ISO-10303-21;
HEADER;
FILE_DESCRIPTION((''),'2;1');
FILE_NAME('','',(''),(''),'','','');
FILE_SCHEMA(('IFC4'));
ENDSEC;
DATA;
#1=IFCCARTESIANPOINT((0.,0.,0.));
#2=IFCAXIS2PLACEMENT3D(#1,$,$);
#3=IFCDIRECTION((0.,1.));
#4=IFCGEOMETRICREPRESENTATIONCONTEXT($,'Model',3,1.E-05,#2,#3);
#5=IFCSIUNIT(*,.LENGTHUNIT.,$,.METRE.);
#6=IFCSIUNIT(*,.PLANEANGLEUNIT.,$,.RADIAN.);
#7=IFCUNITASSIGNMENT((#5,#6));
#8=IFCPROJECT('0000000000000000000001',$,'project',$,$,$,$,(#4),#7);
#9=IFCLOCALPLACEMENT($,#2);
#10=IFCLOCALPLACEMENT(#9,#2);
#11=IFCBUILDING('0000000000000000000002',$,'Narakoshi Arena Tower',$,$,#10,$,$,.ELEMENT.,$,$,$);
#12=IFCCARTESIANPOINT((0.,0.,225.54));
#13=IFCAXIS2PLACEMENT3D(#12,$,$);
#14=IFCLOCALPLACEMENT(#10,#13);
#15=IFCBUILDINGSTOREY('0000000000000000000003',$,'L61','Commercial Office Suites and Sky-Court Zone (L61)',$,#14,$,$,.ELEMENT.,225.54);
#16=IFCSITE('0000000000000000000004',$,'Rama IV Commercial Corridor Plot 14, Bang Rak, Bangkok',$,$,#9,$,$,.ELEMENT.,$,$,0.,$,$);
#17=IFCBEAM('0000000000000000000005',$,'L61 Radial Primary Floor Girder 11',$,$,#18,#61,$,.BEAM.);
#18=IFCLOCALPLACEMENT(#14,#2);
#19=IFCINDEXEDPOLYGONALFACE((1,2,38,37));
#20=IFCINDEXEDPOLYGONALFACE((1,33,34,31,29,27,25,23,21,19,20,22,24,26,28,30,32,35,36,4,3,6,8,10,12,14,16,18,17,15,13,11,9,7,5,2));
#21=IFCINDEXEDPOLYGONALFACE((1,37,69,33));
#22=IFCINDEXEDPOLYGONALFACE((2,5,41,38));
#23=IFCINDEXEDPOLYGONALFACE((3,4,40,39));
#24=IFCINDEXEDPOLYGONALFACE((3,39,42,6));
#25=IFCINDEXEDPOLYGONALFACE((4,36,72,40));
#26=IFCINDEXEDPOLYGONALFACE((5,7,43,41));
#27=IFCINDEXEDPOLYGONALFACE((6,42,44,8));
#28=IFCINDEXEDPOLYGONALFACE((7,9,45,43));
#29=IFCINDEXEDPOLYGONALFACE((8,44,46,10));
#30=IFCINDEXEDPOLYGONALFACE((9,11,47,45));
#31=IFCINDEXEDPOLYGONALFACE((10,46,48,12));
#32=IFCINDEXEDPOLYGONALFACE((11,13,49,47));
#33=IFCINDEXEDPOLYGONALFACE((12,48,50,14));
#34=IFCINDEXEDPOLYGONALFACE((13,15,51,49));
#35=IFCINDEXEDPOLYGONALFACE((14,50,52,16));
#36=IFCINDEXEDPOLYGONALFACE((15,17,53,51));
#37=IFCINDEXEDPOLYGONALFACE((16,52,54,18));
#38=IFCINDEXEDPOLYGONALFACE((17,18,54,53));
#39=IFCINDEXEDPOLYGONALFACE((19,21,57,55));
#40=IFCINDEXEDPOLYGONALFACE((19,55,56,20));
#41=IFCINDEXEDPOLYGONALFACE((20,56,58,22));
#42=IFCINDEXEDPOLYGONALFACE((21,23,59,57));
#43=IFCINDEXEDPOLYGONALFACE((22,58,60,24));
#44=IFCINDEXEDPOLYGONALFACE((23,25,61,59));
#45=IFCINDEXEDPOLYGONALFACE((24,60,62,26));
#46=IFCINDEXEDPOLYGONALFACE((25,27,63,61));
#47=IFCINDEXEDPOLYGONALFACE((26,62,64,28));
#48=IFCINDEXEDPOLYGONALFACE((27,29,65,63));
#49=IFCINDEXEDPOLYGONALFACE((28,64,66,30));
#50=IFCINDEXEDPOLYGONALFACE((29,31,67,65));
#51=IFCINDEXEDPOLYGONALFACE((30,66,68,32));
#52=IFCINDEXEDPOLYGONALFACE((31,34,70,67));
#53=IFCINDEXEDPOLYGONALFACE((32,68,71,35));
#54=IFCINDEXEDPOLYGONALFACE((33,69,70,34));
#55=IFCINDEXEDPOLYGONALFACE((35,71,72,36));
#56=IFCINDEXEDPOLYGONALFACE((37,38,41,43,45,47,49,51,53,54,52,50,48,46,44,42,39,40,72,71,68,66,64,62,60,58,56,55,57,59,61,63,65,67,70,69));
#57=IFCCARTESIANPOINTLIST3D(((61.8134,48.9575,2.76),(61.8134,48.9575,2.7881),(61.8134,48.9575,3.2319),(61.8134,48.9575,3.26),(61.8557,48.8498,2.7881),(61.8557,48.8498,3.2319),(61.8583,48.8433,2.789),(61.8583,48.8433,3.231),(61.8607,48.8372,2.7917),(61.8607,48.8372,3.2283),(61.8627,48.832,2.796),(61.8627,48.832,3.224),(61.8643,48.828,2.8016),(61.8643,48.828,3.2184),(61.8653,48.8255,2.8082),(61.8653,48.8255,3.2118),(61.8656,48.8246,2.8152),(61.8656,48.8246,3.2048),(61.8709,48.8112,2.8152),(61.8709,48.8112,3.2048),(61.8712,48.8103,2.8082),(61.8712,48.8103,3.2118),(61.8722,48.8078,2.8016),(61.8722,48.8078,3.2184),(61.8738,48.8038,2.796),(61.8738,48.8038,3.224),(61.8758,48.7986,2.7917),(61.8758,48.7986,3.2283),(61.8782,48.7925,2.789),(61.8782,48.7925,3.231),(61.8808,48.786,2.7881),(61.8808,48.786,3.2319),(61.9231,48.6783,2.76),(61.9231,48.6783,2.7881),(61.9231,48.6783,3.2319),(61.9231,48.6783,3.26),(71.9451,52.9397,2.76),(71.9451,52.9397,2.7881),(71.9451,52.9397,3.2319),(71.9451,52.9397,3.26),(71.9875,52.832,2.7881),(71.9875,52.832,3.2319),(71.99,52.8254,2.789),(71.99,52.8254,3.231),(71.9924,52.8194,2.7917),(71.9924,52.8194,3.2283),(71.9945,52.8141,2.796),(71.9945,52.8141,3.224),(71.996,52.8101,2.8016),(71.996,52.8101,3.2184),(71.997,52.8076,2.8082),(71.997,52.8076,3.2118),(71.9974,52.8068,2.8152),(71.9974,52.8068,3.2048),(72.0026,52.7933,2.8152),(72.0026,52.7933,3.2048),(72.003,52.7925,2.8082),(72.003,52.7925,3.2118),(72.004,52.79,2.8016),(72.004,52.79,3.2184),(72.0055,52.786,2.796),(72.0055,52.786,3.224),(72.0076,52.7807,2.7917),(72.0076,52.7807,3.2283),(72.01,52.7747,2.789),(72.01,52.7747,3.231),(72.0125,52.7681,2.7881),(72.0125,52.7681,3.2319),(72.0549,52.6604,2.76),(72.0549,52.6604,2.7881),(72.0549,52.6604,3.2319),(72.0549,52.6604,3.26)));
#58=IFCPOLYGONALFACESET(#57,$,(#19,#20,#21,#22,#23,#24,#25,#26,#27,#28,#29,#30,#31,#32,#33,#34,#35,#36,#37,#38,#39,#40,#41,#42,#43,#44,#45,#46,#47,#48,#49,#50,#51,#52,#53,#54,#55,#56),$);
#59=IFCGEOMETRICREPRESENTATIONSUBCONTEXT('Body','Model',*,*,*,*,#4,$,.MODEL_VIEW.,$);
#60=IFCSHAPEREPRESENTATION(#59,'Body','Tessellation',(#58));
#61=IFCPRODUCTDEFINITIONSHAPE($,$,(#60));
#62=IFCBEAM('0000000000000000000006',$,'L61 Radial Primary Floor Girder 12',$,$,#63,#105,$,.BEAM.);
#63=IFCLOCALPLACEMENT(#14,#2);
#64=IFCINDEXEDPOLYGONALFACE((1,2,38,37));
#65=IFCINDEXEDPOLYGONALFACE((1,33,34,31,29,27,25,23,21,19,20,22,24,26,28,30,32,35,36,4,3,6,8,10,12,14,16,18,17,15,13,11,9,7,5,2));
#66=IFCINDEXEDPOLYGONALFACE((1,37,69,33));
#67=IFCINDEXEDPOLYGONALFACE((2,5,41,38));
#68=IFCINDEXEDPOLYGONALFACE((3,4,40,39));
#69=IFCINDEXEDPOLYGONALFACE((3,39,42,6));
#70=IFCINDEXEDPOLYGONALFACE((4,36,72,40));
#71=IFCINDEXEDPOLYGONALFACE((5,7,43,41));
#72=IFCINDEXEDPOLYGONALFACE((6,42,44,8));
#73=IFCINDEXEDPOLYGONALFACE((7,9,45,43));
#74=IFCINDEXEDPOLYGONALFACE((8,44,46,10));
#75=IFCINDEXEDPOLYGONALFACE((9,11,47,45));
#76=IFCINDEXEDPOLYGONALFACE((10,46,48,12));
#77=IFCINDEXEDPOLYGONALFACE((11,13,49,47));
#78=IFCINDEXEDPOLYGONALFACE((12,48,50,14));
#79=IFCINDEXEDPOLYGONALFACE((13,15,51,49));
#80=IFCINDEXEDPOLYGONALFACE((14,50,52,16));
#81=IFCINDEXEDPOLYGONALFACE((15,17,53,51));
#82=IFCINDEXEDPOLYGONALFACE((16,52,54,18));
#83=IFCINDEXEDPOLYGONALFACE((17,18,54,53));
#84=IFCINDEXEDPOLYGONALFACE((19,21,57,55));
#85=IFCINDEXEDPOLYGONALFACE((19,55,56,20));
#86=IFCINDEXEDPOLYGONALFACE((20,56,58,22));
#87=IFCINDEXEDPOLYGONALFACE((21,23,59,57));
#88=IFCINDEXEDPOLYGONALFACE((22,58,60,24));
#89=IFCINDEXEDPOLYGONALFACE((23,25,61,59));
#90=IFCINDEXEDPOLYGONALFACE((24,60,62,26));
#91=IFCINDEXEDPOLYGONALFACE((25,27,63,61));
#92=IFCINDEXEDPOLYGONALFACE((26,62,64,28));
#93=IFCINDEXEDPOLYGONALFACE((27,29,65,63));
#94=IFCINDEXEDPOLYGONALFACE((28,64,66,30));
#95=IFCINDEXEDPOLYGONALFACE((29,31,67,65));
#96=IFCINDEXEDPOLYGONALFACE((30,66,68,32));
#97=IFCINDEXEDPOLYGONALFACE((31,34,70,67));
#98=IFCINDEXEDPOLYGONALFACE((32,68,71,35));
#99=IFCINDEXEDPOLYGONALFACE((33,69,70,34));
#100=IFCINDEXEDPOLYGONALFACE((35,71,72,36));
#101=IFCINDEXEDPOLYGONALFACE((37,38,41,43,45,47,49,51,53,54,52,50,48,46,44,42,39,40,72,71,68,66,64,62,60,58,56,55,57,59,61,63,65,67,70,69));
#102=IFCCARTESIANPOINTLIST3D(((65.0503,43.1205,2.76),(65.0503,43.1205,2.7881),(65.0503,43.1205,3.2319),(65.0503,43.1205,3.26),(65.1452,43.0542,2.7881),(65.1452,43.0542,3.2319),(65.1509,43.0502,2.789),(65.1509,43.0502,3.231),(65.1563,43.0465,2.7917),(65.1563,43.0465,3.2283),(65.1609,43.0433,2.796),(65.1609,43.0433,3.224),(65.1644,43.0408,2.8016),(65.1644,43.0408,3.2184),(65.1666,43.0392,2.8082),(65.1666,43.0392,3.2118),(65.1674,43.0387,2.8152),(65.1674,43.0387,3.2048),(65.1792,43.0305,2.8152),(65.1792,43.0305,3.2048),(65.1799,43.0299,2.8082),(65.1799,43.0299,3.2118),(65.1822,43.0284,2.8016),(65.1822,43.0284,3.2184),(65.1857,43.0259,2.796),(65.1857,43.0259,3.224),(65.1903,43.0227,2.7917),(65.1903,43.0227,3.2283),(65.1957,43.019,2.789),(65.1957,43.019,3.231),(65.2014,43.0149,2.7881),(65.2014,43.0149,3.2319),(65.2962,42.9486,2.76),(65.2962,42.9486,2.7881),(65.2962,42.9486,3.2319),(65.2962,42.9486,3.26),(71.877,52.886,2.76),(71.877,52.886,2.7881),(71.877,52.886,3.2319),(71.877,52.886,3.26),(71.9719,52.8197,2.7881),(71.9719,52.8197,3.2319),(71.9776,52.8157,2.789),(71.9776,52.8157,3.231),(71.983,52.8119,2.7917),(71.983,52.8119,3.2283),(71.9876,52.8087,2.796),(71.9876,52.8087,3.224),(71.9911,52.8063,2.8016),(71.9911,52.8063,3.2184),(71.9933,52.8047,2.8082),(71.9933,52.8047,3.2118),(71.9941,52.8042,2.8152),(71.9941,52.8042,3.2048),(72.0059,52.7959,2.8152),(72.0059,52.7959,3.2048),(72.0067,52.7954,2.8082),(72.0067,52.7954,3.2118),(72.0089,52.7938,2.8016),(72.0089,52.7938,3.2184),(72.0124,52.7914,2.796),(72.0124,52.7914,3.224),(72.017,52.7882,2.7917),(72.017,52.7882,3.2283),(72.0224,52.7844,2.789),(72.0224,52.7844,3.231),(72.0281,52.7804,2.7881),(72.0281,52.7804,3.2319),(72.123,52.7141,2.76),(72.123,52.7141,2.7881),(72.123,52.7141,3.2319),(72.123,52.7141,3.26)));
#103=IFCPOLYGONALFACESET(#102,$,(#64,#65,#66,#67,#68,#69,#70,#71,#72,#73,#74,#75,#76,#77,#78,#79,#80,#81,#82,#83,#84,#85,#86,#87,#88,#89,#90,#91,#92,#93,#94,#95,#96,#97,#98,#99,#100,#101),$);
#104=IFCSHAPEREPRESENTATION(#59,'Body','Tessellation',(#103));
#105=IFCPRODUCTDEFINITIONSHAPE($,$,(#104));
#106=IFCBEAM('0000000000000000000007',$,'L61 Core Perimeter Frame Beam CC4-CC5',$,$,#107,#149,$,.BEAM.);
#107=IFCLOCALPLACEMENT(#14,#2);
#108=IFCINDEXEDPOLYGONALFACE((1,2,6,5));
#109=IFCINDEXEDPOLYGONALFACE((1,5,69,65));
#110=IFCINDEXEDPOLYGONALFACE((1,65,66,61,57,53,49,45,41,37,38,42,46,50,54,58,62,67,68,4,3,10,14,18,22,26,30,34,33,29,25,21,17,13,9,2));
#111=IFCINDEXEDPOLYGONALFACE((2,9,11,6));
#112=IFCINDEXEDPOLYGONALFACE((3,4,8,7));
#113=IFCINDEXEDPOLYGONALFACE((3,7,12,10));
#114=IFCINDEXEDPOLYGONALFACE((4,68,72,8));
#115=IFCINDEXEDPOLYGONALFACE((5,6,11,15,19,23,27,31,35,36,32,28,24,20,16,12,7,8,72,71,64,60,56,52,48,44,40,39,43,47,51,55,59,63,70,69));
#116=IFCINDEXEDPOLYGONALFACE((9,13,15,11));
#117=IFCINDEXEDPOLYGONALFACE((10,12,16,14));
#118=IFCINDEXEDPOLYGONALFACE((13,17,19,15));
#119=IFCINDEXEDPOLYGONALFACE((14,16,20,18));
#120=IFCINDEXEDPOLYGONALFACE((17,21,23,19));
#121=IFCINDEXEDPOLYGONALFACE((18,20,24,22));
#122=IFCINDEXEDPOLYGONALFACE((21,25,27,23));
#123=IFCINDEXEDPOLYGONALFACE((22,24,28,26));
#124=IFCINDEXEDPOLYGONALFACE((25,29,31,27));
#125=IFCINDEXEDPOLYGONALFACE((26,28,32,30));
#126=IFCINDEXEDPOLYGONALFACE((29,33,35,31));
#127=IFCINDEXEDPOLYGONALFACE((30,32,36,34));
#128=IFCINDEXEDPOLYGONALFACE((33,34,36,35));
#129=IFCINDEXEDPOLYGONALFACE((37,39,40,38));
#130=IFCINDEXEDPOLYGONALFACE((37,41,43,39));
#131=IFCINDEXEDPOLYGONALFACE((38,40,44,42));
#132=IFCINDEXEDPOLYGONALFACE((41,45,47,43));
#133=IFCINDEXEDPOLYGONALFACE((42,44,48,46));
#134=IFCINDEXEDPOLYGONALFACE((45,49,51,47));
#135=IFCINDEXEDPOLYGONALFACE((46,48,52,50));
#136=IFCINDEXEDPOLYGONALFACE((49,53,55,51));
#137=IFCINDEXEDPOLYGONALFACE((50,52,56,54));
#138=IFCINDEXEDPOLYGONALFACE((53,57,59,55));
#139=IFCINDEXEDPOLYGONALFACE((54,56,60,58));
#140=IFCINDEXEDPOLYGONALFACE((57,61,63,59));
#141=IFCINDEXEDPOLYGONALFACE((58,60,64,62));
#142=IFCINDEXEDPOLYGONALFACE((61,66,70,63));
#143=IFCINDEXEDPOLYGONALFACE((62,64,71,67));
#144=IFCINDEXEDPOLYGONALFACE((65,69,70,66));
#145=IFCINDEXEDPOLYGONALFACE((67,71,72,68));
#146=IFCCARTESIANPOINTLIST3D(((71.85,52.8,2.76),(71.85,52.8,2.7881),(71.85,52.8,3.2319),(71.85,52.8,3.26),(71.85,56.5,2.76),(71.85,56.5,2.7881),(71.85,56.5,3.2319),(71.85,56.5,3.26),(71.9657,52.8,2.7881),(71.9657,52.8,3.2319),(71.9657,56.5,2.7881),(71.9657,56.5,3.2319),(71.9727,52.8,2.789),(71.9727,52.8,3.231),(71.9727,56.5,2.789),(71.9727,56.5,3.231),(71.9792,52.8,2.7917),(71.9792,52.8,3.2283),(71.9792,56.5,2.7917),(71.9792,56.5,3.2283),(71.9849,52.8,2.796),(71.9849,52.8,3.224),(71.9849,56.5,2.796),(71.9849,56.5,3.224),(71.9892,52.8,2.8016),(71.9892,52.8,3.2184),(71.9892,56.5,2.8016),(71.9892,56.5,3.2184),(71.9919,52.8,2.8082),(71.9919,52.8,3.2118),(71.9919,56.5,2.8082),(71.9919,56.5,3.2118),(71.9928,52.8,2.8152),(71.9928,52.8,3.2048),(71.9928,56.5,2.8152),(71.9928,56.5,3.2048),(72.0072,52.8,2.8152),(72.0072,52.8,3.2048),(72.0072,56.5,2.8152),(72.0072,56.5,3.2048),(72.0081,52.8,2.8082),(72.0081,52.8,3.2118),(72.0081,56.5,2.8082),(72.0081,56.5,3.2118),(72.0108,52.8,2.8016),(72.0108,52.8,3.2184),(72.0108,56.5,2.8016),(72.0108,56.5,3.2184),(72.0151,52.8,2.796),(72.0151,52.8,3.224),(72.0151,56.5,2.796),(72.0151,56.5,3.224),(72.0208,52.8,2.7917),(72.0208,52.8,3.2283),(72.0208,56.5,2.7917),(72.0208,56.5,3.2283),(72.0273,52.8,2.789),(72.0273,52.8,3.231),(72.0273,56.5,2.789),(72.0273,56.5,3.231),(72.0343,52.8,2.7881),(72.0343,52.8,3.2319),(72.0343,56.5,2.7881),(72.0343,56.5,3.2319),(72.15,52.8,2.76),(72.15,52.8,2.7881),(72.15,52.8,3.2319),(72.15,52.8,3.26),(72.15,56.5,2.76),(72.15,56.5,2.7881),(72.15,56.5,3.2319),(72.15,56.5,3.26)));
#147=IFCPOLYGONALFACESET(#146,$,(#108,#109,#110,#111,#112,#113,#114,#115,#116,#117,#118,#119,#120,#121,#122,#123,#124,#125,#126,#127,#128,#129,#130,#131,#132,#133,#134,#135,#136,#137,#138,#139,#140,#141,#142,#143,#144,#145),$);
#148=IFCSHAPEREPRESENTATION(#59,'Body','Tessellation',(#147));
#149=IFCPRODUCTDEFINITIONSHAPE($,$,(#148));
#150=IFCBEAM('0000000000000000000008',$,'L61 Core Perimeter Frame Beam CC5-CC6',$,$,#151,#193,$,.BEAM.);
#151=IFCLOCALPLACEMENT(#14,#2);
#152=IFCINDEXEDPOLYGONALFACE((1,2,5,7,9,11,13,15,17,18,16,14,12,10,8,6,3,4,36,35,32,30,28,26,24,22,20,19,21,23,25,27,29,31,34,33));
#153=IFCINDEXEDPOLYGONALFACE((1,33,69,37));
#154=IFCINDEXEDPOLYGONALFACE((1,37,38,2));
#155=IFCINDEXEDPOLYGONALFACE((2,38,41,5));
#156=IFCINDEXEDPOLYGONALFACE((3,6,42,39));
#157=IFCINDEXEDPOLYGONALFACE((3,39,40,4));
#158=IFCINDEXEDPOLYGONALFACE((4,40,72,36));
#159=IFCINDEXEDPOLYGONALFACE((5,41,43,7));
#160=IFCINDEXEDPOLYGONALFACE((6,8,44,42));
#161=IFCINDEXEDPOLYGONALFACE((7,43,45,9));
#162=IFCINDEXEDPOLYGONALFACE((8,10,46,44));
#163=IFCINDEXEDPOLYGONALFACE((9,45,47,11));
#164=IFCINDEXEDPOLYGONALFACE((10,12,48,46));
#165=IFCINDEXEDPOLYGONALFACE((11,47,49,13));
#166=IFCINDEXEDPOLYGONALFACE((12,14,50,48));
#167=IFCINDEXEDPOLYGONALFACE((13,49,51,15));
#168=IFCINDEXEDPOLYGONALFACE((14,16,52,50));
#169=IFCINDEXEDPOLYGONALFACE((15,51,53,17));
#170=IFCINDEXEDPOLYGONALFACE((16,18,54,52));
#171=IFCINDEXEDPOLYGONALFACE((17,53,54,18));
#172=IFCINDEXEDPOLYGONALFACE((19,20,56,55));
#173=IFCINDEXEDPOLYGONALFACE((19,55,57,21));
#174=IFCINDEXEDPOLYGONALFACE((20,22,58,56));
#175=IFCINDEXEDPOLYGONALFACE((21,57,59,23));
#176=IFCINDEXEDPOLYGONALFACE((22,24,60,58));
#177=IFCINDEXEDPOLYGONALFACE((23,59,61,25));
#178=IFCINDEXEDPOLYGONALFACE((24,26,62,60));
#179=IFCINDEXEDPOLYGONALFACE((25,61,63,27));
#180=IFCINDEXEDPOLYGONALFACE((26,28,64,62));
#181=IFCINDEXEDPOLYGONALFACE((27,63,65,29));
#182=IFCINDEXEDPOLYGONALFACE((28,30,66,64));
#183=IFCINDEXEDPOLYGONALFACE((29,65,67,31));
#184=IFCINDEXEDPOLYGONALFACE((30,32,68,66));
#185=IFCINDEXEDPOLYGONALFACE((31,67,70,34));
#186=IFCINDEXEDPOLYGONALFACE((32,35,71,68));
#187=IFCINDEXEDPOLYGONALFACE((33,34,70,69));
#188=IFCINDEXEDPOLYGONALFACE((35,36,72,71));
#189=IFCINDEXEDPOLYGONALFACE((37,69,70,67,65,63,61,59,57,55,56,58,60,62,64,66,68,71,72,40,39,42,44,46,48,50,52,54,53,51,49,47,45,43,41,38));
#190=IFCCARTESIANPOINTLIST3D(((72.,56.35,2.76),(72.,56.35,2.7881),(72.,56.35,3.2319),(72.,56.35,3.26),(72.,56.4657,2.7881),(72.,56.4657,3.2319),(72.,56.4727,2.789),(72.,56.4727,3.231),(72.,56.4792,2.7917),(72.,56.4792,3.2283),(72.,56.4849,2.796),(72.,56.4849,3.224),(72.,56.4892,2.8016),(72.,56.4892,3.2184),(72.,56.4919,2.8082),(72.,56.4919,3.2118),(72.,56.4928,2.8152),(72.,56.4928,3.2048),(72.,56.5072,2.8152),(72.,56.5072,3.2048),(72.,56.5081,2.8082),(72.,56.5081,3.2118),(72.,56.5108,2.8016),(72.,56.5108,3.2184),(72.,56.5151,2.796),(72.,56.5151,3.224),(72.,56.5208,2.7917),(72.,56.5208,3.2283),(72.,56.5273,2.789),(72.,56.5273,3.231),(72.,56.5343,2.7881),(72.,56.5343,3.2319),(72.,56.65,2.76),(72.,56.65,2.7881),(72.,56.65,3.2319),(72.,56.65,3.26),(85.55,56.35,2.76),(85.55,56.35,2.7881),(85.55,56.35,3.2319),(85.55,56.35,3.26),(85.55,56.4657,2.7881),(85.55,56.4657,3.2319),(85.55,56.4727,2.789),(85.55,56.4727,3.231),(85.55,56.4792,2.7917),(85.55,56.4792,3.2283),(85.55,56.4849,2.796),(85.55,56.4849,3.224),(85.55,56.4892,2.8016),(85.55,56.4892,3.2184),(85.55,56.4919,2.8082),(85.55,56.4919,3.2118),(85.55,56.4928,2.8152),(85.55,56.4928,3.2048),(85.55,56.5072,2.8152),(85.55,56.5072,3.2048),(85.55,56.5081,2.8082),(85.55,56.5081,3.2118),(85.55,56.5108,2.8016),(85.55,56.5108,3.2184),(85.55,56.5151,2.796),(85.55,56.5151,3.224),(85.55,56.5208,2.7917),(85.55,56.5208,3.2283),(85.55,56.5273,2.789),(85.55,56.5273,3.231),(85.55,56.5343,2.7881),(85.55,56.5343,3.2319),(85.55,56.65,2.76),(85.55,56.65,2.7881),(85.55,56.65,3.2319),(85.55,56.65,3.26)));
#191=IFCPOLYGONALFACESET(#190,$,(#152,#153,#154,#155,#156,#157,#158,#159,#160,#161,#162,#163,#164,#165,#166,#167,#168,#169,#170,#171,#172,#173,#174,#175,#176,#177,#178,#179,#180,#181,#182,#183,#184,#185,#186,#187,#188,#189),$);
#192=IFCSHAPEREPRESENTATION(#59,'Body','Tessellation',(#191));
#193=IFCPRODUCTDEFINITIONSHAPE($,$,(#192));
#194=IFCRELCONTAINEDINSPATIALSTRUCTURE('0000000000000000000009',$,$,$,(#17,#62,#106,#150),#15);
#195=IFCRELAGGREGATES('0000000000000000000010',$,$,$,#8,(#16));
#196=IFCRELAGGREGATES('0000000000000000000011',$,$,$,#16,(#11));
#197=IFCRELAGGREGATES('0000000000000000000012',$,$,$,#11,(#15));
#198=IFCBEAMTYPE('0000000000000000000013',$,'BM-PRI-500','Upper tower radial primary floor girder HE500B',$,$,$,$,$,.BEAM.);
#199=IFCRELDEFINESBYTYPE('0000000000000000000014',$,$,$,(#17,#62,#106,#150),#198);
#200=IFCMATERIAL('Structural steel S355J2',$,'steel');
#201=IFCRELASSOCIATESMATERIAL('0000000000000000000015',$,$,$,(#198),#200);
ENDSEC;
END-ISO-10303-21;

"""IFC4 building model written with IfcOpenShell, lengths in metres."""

from ifc_helpers import new_model, si_unit, direction, frame, origin, origin_2d, place, context, subcontext, project, spatial, i_section, extrude, material, material_profile, profile_set, type_object, element, save


model = new_model("IFC4")

# Units and contexts
model_context = context("Model", 3, precision=1e-05, world=origin(), true_north=direction((0.0, 1.0)))
body_context = subcontext(model_context, "Body", "Model", "MODEL_VIEW")
ifc_project = project(units=[si_unit("LENGTHUNIT", "METRE"), si_unit("PLANEANGLEUNIT", "RADIAN")], contexts=[model_context])

# Site, building, storey
site_placement = place(None, origin())
site = spatial("IfcSite", under=ifc_project, at=site_placement, Name="Rama IV Commercial Corridor Plot 14, Bang Rak, Bangkok", CompositionType="ELEMENT", RefElevation=0.0)
building_placement = place(site_placement, origin())
building = spatial("IfcBuilding", under=site, at=building_placement, Name="Narakoshi Arena Tower", CompositionType="ELEMENT")
storey_placement = place(building_placement, frame((0.0, 0.0, 225.54)))
storey = spatial("IfcBuildingStorey", under=building, at=storey_placement, Name="L61", Description="Commercial Office Suites and Sky-Court Zone (L61)", CompositionType="ELEMENT", Elevation=225.54)

# Beams
ifc_material_1 = material(Name="Structural steel S355J2", Category="steel")
ifc_material_profile_1 = material_profile(ifc_material_1, i_section(OverallWidth=0.3, OverallDepth=0.5, WebThickness=0.0144, FlangeThickness=0.0281, FilletRadius=0.0271, at=origin_2d()), Name="HE500B")
ifc_profile_set_1 = profile_set([ifc_material_profile_1], Name="Structural steel S355J2")
beam_type = type_object("IfcBeamType", Name="BM-PRI-500", Description="Upper tower radial primary floor girder HE500B", PredefinedType="BEAM", material=ifc_profile_set_1)
beam_1_placement = place(storey_placement, frame((72.0, 52.8, 3.01), z_axis=(-0.930695, -0.365797, 0.0), x_axis=(0.365797, -0.930695, 0.0)))
element("IfcBeam", 1, at=beam_1_placement, inside=storey, type_object=beam_type, Name="L61 Radial Primary Floor Girder 11", PredefinedType="BEAM", context=body_context, shape_type="SweptSolid", body=[
    extrude(i_section(OverallWidth=0.3, OverallDepth=0.5, WebThickness=0.0144, FlangeThickness=0.0281, FilletRadius=0.0271, at=origin_2d()), origin(), (0.0, 0.0, 1.0), 10.8862),
])
beam_2_placement = place(storey_placement, frame((72.0, 52.8, 3.01), z_axis=(-0.572949, -0.819591, 0.0), x_axis=(0.819591, -0.572949, 0.0)))
element("IfcBeam", 2, at=beam_2_placement, inside=storey, type_object=beam_type, Name="L61 Radial Primary Floor Girder 12", PredefinedType="BEAM", context=body_context, shape_type="SweptSolid", body=[
    extrude(i_section(OverallWidth=0.3, OverallDepth=0.5, WebThickness=0.0144, FlangeThickness=0.0281, FilletRadius=0.0271, at=origin_2d()), origin(), (0.0, 0.0, 1.0), 11.915),
])
beam_3_placement = place(storey_placement, frame((72.0, 52.8, 3.01), z_axis=(0.0, 1.0, 0.0), x_axis=(-1.0, 0.0, 0.0)))
element("IfcBeam", 3, at=beam_3_placement, inside=storey, type_object=beam_type, Name="L61 Core Perimeter Frame Beam CC4-CC5", PredefinedType="BEAM", context=body_context, shape_type="SweptSolid", body=[
    extrude(i_section(OverallWidth=0.3, OverallDepth=0.5, WebThickness=0.0144, FlangeThickness=0.0281, FilletRadius=0.0271, at=origin_2d()), origin(), (0.0, 0.0, 1.0), 3.7),
])
beam_4_placement = place(storey_placement, frame((72.0, 56.5, 3.01), z_axis=(1.0, 0.0, 0.0), x_axis=(0.0, 1.0, 0.0)))
element("IfcBeam", 4, at=beam_4_placement, inside=storey, type_object=beam_type, Name="L61 Core Perimeter Frame Beam CC5-CC6", PredefinedType="BEAM", context=body_context, shape_type="SweptSolid", body=[
    extrude(i_section(OverallWidth=0.3, OverallDepth=0.5, WebThickness=0.0144, FlangeThickness=0.0281, FilletRadius=0.0271, at=origin_2d()), origin(), (0.0, 0.0, 1.0), 13.55),
])

save(model, "model.ifc")
